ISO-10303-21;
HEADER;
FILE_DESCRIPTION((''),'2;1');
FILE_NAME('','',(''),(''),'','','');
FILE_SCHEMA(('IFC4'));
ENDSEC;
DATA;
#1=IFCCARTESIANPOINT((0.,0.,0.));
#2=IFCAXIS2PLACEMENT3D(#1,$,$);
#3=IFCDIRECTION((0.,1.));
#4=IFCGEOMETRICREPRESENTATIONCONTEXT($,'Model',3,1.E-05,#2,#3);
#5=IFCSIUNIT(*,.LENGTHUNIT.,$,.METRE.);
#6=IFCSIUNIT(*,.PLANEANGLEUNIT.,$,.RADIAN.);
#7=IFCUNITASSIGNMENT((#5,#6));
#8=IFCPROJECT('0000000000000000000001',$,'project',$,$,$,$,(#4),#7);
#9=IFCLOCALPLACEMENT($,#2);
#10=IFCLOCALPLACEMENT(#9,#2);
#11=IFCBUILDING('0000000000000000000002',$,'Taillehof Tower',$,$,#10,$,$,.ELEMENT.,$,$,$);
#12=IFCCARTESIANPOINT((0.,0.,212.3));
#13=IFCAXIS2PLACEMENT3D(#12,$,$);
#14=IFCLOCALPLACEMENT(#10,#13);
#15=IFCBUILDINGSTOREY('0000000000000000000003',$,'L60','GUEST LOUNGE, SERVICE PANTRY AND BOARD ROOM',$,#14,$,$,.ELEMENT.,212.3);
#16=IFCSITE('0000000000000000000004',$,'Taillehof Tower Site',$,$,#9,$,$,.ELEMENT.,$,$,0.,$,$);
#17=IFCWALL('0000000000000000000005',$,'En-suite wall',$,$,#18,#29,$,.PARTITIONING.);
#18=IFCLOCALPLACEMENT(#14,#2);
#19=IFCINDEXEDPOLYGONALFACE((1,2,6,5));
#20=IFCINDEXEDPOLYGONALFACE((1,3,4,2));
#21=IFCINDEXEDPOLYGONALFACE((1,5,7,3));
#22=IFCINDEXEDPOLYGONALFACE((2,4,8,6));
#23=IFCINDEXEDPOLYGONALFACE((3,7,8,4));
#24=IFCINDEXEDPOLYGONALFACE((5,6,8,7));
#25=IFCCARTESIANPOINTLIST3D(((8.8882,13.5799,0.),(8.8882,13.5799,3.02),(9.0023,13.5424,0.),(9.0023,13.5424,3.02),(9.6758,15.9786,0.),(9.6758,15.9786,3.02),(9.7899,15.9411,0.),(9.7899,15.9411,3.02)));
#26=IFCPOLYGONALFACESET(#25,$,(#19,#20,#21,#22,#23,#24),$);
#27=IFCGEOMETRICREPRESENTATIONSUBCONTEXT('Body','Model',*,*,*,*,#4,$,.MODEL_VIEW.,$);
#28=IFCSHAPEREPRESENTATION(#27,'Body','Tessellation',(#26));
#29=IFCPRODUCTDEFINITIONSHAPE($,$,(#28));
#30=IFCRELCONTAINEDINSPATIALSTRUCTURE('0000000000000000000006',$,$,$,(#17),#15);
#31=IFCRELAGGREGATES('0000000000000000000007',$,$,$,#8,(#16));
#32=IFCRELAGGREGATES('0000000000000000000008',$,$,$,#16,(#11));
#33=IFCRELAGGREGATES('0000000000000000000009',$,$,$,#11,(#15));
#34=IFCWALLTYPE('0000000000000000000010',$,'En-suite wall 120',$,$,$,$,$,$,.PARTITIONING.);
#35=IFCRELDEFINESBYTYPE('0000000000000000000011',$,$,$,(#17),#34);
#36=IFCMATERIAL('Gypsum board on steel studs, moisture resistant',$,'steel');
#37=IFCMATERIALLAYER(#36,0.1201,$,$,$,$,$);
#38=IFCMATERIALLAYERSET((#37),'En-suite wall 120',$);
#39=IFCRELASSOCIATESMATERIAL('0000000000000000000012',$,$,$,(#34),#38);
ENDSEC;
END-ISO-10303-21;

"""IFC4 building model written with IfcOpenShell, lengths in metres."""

from ifc_helpers import new_model, si_unit, direction, frame, frame_2d, origin, place, context, subcontext, project, spatial, rectangle, extrude, material, layer, layer_set, type_object, element, save


model = new_model("IFC4")

# Units and contexts
model_context = context("Model", 3, precision=1e-05, world=origin(), true_north=direction((0.0, 1.0)))
body_context = subcontext(model_context, "Body", "Model", "MODEL_VIEW")
ifc_project = project(units=[si_unit("LENGTHUNIT", "METRE"), si_unit("PLANEANGLEUNIT", "RADIAN")], contexts=[model_context])

# Site, building, storey
site_placement = place(None, origin())
site = spatial("IfcSite", under=ifc_project, at=site_placement, Name="Taillehof Tower Site", CompositionType="ELEMENT", RefElevation=0.0)
building_placement = place(site_placement, origin())
building = spatial("IfcBuilding", under=site, at=building_placement, Name="Taillehof Tower", CompositionType="ELEMENT")
storey_placement = place(building_placement, frame((0.0, 0.0, 212.3)))
storey = spatial("IfcBuildingStorey", under=building, at=storey_placement, Name="L60", Description="GUEST LOUNGE, SERVICE PANTRY AND BOARD ROOM", CompositionType="ELEMENT", Elevation=212.3)

# Wall
ifc_material_1 = material(Name="Gypsum board on steel studs, moisture resistant", Category="steel")
ifc_layer_1 = layer(ifc_material_1, 0.1201)
ifc_layer_set_1 = layer_set([ifc_layer_1], Name="En-suite wall 120")
wall_type_1 = type_object("IfcWallType", Name="En-suite wall 120", PredefinedType="PARTITIONING", material=ifc_layer_set_1)
wall_1_placement = place(storey_placement, frame((8.9453, 13.5613, 0.0), z_axis=(0.0, 0.0, 1.0), x_axis=(0.31196, 0.950095, 0.0)))
element("IfcWall", 1, at=wall_1_placement, inside=storey, type_object=wall_type_1, Name="En-suite wall", PredefinedType="PARTITIONING", context=body_context, shape_type="SweptSolid", body=[
    extrude(rectangle(XDim=2.5247, YDim=0.1201, at=frame_2d((1.2622, 0.0))), origin(), (0.0, 0.0, 1.0), 3.02),
])

save(model, "model.ifc")
